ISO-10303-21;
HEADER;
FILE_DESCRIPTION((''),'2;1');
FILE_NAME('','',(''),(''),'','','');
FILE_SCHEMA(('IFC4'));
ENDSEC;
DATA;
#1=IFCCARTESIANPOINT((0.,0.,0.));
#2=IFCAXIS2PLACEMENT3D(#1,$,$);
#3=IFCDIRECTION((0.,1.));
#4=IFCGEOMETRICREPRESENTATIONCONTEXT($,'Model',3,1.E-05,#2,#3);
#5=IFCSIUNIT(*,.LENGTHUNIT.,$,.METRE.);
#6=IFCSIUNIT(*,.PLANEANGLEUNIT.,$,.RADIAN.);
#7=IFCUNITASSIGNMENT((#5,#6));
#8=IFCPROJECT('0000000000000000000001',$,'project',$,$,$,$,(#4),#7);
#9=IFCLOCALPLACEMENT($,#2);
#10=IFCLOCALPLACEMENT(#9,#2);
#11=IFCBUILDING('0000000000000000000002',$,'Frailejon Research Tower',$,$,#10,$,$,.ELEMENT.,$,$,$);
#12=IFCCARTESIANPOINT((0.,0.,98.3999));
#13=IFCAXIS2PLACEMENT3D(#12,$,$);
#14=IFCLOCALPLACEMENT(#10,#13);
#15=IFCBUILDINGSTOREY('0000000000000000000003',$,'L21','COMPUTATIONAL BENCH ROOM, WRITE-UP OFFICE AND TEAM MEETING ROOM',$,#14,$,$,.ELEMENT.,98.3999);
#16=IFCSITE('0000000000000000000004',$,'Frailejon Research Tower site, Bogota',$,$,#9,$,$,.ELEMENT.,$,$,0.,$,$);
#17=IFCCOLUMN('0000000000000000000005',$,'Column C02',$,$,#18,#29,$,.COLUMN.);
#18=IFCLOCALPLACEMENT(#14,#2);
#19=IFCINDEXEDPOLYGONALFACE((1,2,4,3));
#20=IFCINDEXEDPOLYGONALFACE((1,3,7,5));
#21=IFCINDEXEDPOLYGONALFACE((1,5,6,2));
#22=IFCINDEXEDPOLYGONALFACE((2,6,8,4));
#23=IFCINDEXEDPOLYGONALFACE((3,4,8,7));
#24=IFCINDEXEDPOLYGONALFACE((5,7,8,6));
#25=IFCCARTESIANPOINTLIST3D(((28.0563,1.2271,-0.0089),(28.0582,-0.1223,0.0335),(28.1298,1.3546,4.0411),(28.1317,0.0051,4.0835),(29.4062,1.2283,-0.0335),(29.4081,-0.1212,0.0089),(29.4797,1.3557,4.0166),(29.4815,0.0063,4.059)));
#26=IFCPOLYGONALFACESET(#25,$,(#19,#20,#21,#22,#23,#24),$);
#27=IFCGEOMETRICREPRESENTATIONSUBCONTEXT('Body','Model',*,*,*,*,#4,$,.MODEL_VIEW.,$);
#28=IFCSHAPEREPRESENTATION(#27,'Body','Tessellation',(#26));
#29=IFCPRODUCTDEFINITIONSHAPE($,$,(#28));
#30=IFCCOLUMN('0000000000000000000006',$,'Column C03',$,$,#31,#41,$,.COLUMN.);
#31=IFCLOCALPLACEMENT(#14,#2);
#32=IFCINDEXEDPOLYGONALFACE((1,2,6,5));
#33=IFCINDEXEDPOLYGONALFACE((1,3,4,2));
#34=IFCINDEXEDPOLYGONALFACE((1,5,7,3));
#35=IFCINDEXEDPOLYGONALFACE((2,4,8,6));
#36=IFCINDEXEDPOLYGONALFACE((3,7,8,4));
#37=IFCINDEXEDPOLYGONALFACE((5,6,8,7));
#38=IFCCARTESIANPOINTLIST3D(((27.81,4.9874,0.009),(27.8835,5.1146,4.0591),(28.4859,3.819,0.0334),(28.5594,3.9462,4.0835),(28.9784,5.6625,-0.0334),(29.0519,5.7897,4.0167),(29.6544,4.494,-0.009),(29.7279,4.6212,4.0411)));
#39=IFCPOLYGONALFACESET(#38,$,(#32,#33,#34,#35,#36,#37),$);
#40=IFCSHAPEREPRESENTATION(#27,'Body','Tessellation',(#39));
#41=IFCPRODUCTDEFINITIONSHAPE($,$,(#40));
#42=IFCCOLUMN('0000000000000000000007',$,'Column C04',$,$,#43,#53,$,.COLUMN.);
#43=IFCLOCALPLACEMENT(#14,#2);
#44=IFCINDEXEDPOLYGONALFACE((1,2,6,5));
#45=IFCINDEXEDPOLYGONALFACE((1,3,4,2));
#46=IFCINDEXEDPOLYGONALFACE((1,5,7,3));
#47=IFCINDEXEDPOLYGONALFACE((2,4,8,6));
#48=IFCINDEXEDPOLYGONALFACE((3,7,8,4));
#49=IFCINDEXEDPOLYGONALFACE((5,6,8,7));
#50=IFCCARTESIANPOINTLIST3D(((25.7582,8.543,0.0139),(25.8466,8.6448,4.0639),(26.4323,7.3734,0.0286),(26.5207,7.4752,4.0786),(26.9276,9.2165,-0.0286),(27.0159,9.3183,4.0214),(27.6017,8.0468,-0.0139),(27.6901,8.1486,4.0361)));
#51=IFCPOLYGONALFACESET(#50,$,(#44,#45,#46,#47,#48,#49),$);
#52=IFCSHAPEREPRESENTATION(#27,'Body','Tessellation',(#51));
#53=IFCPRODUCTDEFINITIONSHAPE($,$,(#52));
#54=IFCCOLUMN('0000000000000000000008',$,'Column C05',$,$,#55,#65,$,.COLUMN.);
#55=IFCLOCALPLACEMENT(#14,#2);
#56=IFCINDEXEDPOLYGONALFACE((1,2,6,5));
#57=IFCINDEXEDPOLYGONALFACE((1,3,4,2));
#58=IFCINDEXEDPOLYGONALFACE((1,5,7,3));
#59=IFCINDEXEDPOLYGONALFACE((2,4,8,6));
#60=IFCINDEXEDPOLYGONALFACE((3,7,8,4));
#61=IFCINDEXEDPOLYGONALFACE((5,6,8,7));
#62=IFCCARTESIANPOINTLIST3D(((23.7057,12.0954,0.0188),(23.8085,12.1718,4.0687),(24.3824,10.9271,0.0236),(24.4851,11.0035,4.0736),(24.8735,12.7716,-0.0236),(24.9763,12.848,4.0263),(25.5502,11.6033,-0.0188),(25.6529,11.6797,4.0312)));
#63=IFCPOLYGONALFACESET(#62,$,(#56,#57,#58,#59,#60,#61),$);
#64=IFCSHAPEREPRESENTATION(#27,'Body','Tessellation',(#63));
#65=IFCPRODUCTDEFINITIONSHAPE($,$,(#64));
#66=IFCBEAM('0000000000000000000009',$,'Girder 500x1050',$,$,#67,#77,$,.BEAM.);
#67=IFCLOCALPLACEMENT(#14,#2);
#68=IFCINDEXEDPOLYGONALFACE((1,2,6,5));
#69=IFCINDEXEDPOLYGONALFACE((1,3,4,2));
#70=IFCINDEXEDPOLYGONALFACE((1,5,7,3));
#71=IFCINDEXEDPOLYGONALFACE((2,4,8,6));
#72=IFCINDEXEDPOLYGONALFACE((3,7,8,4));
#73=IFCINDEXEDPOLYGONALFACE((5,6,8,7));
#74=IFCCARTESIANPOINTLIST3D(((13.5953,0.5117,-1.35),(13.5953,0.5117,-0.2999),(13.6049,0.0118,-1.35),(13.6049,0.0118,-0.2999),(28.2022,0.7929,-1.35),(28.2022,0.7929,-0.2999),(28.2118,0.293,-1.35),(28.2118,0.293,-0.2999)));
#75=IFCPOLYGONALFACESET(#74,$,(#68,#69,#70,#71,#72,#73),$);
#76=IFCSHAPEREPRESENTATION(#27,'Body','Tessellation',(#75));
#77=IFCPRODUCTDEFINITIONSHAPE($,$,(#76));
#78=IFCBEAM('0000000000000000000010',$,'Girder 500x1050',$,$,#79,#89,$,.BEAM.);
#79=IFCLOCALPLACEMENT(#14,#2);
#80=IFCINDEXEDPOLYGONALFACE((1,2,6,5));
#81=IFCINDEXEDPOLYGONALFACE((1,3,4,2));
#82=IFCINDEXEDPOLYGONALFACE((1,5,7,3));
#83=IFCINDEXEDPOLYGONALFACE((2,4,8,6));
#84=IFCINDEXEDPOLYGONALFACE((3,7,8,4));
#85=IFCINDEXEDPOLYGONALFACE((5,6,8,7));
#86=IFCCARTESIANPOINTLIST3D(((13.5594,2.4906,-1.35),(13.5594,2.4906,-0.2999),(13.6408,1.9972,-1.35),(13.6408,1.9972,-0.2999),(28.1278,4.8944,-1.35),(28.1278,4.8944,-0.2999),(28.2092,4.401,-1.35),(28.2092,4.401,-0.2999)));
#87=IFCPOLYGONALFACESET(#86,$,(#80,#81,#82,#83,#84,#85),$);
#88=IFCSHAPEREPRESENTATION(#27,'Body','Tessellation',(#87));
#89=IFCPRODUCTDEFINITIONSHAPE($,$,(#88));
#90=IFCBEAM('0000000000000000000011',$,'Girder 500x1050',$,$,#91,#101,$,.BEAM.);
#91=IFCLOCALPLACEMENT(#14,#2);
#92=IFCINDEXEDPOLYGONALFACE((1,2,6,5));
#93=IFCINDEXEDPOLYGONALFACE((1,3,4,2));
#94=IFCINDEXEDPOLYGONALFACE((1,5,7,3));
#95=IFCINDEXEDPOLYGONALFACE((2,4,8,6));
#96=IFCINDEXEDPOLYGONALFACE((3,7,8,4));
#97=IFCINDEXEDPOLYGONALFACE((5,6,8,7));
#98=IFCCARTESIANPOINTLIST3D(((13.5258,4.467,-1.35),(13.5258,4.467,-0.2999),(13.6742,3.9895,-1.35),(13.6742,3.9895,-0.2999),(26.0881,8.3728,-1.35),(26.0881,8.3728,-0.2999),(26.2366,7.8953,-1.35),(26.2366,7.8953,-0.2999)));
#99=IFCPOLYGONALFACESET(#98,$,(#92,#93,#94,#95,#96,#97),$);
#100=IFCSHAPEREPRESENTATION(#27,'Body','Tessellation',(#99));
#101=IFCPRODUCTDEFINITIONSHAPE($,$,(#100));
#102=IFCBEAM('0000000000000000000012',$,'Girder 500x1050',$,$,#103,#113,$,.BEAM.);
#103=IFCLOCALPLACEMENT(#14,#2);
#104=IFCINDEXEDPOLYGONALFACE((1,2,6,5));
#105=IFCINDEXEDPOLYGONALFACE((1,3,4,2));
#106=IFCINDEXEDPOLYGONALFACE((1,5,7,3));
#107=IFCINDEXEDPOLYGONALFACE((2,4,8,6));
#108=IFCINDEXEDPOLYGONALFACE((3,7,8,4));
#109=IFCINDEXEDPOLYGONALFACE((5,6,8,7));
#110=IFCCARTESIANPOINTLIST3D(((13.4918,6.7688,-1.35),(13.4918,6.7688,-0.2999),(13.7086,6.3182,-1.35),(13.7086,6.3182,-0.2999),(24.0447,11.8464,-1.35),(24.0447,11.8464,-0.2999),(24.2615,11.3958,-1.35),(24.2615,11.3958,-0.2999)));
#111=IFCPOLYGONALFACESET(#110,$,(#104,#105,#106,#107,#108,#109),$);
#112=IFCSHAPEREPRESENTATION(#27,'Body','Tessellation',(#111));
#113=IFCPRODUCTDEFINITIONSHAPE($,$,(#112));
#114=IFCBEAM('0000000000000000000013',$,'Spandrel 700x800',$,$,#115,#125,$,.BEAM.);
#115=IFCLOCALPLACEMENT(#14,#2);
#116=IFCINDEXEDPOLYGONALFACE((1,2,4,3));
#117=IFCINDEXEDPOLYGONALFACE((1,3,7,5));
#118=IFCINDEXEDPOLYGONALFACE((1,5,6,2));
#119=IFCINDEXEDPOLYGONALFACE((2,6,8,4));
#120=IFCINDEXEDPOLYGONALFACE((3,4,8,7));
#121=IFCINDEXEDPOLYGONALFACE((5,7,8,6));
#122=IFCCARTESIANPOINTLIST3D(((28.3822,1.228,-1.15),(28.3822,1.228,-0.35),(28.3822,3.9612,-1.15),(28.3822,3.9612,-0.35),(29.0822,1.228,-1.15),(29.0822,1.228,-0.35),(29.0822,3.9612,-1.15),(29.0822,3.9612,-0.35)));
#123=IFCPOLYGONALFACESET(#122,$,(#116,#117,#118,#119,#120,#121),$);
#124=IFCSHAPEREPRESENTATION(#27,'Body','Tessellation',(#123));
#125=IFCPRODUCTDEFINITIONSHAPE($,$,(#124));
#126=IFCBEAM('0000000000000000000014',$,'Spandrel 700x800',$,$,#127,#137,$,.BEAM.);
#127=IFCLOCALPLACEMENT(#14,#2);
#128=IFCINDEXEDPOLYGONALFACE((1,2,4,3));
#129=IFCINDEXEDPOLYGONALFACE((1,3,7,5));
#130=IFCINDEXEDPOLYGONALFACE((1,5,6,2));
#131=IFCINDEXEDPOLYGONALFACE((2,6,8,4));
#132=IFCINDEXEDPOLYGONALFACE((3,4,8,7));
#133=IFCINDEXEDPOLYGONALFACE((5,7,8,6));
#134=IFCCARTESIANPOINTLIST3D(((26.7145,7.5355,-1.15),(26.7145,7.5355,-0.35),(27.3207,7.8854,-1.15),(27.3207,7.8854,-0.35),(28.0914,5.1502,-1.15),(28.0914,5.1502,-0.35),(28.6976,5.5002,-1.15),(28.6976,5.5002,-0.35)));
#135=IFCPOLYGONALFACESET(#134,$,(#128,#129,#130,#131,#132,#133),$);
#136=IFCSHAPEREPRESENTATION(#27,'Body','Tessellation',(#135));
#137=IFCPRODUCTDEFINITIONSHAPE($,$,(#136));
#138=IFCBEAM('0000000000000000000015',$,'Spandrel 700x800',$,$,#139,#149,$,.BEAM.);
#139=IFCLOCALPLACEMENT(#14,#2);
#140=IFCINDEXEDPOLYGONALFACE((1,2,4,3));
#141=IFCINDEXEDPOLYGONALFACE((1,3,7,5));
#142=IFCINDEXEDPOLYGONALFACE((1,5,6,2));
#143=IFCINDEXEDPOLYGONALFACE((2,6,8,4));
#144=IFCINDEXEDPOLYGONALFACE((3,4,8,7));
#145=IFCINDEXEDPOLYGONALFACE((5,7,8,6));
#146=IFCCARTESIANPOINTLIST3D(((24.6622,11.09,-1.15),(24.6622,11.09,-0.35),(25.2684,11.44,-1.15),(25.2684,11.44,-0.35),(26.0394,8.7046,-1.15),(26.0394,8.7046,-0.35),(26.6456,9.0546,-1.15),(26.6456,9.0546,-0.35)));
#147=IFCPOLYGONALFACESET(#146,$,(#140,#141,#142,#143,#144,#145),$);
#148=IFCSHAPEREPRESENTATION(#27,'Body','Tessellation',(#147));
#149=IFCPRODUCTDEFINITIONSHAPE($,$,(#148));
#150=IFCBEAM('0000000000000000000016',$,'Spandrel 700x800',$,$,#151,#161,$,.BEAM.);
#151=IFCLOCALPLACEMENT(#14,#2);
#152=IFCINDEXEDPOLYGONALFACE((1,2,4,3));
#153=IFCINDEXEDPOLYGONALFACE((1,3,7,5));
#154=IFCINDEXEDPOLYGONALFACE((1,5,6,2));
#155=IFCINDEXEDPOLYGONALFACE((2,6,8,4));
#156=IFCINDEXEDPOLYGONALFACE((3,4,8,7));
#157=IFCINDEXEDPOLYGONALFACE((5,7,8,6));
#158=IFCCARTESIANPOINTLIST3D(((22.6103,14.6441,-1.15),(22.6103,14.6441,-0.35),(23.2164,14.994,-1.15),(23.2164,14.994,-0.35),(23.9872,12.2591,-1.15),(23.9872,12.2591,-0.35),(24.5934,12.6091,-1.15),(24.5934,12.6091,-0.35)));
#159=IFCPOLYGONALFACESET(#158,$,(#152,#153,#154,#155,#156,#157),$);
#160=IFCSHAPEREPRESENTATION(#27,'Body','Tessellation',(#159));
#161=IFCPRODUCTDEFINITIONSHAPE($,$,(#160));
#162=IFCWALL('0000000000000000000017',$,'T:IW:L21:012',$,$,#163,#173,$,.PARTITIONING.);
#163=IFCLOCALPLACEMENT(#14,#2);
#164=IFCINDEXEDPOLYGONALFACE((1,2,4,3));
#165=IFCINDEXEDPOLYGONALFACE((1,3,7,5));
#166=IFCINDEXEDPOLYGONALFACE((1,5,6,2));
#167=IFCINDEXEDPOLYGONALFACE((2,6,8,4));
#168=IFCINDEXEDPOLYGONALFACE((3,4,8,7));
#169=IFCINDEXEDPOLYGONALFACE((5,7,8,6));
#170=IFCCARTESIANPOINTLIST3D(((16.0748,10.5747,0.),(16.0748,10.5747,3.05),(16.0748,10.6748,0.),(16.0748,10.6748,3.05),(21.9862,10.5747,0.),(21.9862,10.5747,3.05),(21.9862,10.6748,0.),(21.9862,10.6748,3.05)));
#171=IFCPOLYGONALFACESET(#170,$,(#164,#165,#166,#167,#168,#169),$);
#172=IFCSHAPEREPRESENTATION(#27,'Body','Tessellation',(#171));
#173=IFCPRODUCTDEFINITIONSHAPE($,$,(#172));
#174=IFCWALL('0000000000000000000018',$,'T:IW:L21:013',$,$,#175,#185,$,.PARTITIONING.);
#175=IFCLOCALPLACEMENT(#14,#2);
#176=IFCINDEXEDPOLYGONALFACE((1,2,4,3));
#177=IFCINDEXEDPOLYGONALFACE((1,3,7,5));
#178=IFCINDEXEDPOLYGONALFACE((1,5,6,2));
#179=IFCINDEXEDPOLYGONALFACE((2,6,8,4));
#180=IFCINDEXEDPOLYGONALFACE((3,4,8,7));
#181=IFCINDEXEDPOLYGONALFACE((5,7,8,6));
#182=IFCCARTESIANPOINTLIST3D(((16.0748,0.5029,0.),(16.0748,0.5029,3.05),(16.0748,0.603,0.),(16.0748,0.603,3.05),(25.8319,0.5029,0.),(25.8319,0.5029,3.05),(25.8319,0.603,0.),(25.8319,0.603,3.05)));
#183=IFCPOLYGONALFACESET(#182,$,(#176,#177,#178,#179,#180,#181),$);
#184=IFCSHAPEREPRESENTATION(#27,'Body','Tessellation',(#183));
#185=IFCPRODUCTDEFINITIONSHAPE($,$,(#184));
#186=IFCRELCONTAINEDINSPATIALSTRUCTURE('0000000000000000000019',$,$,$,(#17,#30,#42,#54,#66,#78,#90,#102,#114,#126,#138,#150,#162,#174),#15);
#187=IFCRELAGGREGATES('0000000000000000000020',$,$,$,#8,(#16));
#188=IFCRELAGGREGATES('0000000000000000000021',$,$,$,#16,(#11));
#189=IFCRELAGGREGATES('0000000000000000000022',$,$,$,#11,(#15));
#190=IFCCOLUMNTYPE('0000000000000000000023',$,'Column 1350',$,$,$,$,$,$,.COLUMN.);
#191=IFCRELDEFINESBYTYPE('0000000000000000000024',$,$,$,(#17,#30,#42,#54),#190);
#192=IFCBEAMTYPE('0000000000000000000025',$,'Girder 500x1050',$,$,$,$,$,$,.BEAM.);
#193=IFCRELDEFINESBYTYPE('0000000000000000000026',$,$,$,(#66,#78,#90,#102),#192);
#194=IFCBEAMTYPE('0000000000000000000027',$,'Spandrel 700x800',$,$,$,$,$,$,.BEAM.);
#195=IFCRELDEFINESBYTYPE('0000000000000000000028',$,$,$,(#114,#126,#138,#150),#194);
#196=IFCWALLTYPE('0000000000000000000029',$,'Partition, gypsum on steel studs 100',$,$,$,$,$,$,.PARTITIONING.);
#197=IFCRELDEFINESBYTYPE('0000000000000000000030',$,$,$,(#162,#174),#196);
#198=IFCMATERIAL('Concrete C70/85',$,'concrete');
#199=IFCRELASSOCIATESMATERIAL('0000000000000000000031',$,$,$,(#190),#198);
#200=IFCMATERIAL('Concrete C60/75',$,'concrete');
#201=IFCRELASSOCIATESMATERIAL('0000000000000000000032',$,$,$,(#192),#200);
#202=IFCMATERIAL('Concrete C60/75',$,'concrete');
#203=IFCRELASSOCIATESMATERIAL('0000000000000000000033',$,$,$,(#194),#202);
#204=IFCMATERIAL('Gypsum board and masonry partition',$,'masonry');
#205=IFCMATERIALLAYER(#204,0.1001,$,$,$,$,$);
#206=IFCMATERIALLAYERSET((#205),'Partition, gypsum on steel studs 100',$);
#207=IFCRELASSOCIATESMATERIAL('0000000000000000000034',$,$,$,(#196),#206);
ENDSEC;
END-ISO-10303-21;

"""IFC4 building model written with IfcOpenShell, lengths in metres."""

from ifc_helpers import new_model, si_unit, direction, frame, frame_2d, origin, origin_2d, place, context, subcontext, project, spatial, rectangle, extrude, material, layer, layer_set, material_profile, profile_set, type_object, element, save


model = new_model("IFC4")

# Units and contexts
model_context = context("Model", 3, precision=1e-05, world=origin(), true_north=direction((0.0, 1.0)))
body_context = subcontext(model_context, "Body", "Model", "MODEL_VIEW")
ifc_project = project(units=[si_unit("LENGTHUNIT", "METRE"), si_unit("PLANEANGLEUNIT", "RADIAN")], contexts=[model_context])

# Site, building, storey
site_placement = place(None, origin())
site = spatial("IfcSite", under=ifc_project, at=site_placement, Name="Frailejon Research Tower site, Bogota", CompositionType="ELEMENT", RefElevation=0.0)
building_placement = place(site_placement, origin())
building = spatial("IfcBuilding", under=site, at=building_placement, Name="Frailejon Research Tower", CompositionType="ELEMENT")
storey_placement = place(building_placement, frame((0.0, 0.0, 98.3999)))
storey = spatial("IfcBuildingStorey", under=building, at=storey_placement, Name="L21", Description="COMPUTATIONAL BENCH ROOM, WRITE-UP OFFICE AND TEAM MEETING ROOM", CompositionType="ELEMENT", Elevation=98.3999)

# Columns
ifc_material_1 = material(Name="Concrete C70/85", Category="concrete")
ifc_material_profile_1 = material_profile(ifc_material_1, rectangle(XDim=1.3501, YDim=1.3501, at=origin_2d()), Name="Column 1350")
ifc_profile_set_1 = profile_set([ifc_material_profile_1], Name="Concrete C70/85")
column_type = type_object("IfcColumnType", Name="Column 1350", PredefinedType="COLUMN", material=ifc_profile_set_1)
for number, where, z_axis, x_axis, name in (
    (1, (28.7322, 0.553, 0.0), (0.018133, 0.031446, 0.999341), (-0.001396, 0.999505, -0.031426), "Column C02"),
    (2, (28.7322, 4.7407, 0.0), (0.018133, 0.031386, 0.999343), (-0.500679, 0.865444, -0.018096), "Column C03"),
):
    element("IfcColumn", number, at=place(storey_placement, frame(where, z_axis=z_axis, x_axis=x_axis)), inside=storey, type_object=column_type, Name=name, PredefinedType="COLUMN", context=body_context, shape_type="SweptSolid", body=[
        extrude(rectangle(XDim=1.3501, YDim=1.3501, at=origin_2d()), origin(), (0.0, 0.0, 1.0), 4.0527),
    ])
column_1_placement = place(storey_placement, frame((26.6799, 8.2949, 0.0), z_axis=(0.02181, 0.025123, 0.999446), x_axis=(-0.499317, 0.866351, -0.010882)))
element("IfcColumn", 3, at=column_1_placement, inside=storey, type_object=column_type, Name="Column C04", PredefinedType="COLUMN", context=body_context, shape_type="SweptSolid", body=[
    extrude(rectangle(XDim=1.3501, YDim=1.3501, at=origin_2d()), origin(), (0.0, 0.0, 1.0), 4.0522),
])
column_2_placement = place(storey_placement, frame((24.6279, 11.8494, 0.0), z_axis=(0.025366, 0.018858, 0.9995), x_axis=(-0.501191, 0.865329, -0.003608)))
element("IfcColumn", 4, at=column_2_placement, inside=storey, type_object=column_type, Name="Column C05", PredefinedType="COLUMN", context=body_context, shape_type="SweptSolid", body=[
    extrude(rectangle(XDim=1.3501, YDim=1.3501, at=origin_2d()), origin(), (0.0, 0.0, 1.0), 4.052),
])

# Beams
ifc_material_2 = material(Name="Concrete C60/75", Category="concrete")
ifc_material_profile_2 = material_profile(ifc_material_2, rectangle(XDim=0.5, YDim=1.05, at=origin_2d()), Name="Girder 500x1050")
ifc_profile_set_2 = profile_set([ifc_material_profile_2], Name="Concrete C60/75")
beam_type_1 = type_object("IfcBeamType", Name="Girder 500x1050", PredefinedType="BEAM", material=ifc_profile_set_2)
beam_1_placement = place(storey_placement, frame((28.207, 0.543, -0.825), z_axis=(-0.999815, -0.019251, 0.0), x_axis=(0.019251, -0.999815, 0.0)))
element("IfcBeam", 5, at=beam_1_placement, inside=storey, type_object=beam_type_1, Name="Girder 500x1050", PredefinedType="BEAM", context=body_context, shape_type="SweptSolid", body=[
    extrude(rectangle(XDim=0.5, YDim=1.05, at=origin_2d()), origin(), (0.0, 0.0, 1.0), 14.6096),
])
beam_2_placement = place(storey_placement, frame((28.1685, 4.6477, -0.825), z_axis=(-0.986659, -0.162801, 0.0), x_axis=(0.162801, -0.986659, 0.0)))
element("IfcBeam", 6, at=beam_2_placement, inside=storey, type_object=beam_type_1, Name="Girder 500x1050", PredefinedType="BEAM", context=body_context, shape_type="SweptSolid", body=[
    extrude(rectangle(XDim=0.5, YDim=1.05, at=origin_2d()), origin(), (0.0, 0.0, 1.0), 14.7654),
])
beam_3_placement = place(storey_placement, frame((26.1624, 8.134, -0.825), z_axis=(-0.954911, -0.296894, 0.0), x_axis=(0.296894, -0.954911, 0.0)))
element("IfcBeam", 7, at=beam_3_placement, inside=storey, type_object=beam_type_1, Name="Girder 500x1050", PredefinedType="BEAM", context=body_context, shape_type="SweptSolid", body=[
    extrude(rectangle(XDim=0.5, YDim=1.05, at=origin_2d()), origin(), (0.0, 0.0, 1.0), 13.1555),
])
beam_4_placement = place(storey_placement, frame((24.1531, 11.6211, -0.825), z_axis=(-0.901116, -0.433578, 0.0), x_axis=(0.433578, -0.901116, 0.0)))
element("IfcBeam", 8, at=beam_4_placement, inside=storey, type_object=beam_type_1, Name="Girder 500x1050", PredefinedType="BEAM", context=body_context, shape_type="SweptSolid", body=[
    extrude(rectangle(XDim=0.5, YDim=1.05, at=origin_2d()), origin(), (0.0, 0.0, 1.0), 11.7109),
])
ifc_material_3 = material(Name="Concrete C60/75", Category="concrete")
ifc_material_profile_3 = material_profile(ifc_material_3, rectangle(XDim=0.7, YDim=0.8, at=origin_2d()), Name="Spandrel 700x800")
ifc_profile_set_3 = profile_set([ifc_material_profile_3], Name="Concrete C60/75")
beam_type_2 = type_object("IfcBeamType", Name="Spandrel 700x800", PredefinedType="BEAM", material=ifc_profile_set_3)
beam_5_placement = place(storey_placement, frame((28.7322, 1.228, -0.75), z_axis=(0.0, 1.0, 0.0), x_axis=(-1.0, 0.0, 0.0)))
element("IfcBeam", 9, at=beam_5_placement, inside=storey, type_object=beam_type_2, Name="Spandrel 700x800", PredefinedType="BEAM", context=body_context, shape_type="SweptSolid", body=[
    extrude(rectangle(XDim=0.7, YDim=0.8, at=origin_2d()), origin(), (0.0, 0.0, 1.0), 2.7332),
])
beam_6_placement = place(storey_placement, frame((28.3945, 5.3252, -0.75), z_axis=(-0.499953, 0.866053, 0.0), x_axis=(-0.866053, -0.499953, 0.0)))
element("IfcBeam", 10, at=beam_6_placement, inside=storey, type_object=beam_type_2, Name="Spandrel 700x800", PredefinedType="BEAM", context=body_context, shape_type="SweptSolid", body=[
    extrude(rectangle(XDim=0.7, YDim=0.8, at=origin_2d()), origin(), (0.0, 0.0, 1.0), 2.7542),
])
beam_7_placement = place(storey_placement, frame((26.3425, 8.8796, -0.75), z_axis=(-0.500019, 0.866014, 0.0), x_axis=(-0.866014, -0.500019, 0.0)))
element("IfcBeam", 11, at=beam_7_placement, inside=storey, type_object=beam_type_2, Name="Spandrel 700x800", PredefinedType="BEAM", context=body_context, shape_type="SweptSolid", body=[
    extrude(rectangle(XDim=0.7, YDim=0.8, at=origin_2d()), origin(), (0.0, 0.0, 1.0), 2.7544),
])
beam_8_placement = place(storey_placement, frame((24.2903, 12.4341, -0.75), z_axis=(-0.499991, 0.866031, 0.0), x_axis=(-0.866031, -0.499991, 0.0)))
element("IfcBeam", 12, at=beam_8_placement, inside=storey, type_object=beam_type_2, Name="Spandrel 700x800", PredefinedType="BEAM", context=body_context, shape_type="SweptSolid", body=[
    extrude(rectangle(XDim=0.7, YDim=0.8, at=origin_2d()), origin(), (0.0, 0.0, 1.0), 2.7539),
])

# Walls
ifc_material_4 = material(Name="Gypsum board and masonry partition", Category="masonry")
ifc_layer_1 = layer(ifc_material_4, 0.1001)
ifc_layer_set_1 = layer_set([ifc_layer_1], Name="Partition, gypsum on steel studs 100")
wall_type_1 = type_object("IfcWallType", Name="Partition, gypsum on steel studs 100", PredefinedType="PARTITIONING", material=ifc_layer_set_1)
wall_1_placement = place(storey_placement, frame((16.075, 10.6248, 0.0), z_axis=(0.0, 0.0, 1.0), x_axis=(1.0, 0.0, 0.0)))
element("IfcWall", 13, at=wall_1_placement, inside=storey, type_object=wall_type_1, Name="T:IW:L21:012", PredefinedType="PARTITIONING", context=body_context, shape_type="SweptSolid", body=[
    extrude(rectangle(XDim=5.9114, YDim=0.1001, at=frame_2d((2.9556, 0.0))), origin(), (0.0, 0.0, 1.0), 3.05),
])
wall_2_placement = place(storey_placement, frame((16.075, 0.553, 0.0), z_axis=(0.0, 0.0, 1.0), x_axis=(1.0, 0.0, 0.0)))
element("IfcWall", 14, at=wall_2_placement, inside=storey, type_object=wall_type_1, Name="T:IW:L21:013", PredefinedType="PARTITIONING", context=body_context, shape_type="SweptSolid", body=[
    extrude(rectangle(XDim=9.7571, YDim=0.1001, at=frame_2d((4.8784, 0.0))), origin(), (0.0, 0.0, 1.0), 3.05),
])

save(model, "model.ifc")
